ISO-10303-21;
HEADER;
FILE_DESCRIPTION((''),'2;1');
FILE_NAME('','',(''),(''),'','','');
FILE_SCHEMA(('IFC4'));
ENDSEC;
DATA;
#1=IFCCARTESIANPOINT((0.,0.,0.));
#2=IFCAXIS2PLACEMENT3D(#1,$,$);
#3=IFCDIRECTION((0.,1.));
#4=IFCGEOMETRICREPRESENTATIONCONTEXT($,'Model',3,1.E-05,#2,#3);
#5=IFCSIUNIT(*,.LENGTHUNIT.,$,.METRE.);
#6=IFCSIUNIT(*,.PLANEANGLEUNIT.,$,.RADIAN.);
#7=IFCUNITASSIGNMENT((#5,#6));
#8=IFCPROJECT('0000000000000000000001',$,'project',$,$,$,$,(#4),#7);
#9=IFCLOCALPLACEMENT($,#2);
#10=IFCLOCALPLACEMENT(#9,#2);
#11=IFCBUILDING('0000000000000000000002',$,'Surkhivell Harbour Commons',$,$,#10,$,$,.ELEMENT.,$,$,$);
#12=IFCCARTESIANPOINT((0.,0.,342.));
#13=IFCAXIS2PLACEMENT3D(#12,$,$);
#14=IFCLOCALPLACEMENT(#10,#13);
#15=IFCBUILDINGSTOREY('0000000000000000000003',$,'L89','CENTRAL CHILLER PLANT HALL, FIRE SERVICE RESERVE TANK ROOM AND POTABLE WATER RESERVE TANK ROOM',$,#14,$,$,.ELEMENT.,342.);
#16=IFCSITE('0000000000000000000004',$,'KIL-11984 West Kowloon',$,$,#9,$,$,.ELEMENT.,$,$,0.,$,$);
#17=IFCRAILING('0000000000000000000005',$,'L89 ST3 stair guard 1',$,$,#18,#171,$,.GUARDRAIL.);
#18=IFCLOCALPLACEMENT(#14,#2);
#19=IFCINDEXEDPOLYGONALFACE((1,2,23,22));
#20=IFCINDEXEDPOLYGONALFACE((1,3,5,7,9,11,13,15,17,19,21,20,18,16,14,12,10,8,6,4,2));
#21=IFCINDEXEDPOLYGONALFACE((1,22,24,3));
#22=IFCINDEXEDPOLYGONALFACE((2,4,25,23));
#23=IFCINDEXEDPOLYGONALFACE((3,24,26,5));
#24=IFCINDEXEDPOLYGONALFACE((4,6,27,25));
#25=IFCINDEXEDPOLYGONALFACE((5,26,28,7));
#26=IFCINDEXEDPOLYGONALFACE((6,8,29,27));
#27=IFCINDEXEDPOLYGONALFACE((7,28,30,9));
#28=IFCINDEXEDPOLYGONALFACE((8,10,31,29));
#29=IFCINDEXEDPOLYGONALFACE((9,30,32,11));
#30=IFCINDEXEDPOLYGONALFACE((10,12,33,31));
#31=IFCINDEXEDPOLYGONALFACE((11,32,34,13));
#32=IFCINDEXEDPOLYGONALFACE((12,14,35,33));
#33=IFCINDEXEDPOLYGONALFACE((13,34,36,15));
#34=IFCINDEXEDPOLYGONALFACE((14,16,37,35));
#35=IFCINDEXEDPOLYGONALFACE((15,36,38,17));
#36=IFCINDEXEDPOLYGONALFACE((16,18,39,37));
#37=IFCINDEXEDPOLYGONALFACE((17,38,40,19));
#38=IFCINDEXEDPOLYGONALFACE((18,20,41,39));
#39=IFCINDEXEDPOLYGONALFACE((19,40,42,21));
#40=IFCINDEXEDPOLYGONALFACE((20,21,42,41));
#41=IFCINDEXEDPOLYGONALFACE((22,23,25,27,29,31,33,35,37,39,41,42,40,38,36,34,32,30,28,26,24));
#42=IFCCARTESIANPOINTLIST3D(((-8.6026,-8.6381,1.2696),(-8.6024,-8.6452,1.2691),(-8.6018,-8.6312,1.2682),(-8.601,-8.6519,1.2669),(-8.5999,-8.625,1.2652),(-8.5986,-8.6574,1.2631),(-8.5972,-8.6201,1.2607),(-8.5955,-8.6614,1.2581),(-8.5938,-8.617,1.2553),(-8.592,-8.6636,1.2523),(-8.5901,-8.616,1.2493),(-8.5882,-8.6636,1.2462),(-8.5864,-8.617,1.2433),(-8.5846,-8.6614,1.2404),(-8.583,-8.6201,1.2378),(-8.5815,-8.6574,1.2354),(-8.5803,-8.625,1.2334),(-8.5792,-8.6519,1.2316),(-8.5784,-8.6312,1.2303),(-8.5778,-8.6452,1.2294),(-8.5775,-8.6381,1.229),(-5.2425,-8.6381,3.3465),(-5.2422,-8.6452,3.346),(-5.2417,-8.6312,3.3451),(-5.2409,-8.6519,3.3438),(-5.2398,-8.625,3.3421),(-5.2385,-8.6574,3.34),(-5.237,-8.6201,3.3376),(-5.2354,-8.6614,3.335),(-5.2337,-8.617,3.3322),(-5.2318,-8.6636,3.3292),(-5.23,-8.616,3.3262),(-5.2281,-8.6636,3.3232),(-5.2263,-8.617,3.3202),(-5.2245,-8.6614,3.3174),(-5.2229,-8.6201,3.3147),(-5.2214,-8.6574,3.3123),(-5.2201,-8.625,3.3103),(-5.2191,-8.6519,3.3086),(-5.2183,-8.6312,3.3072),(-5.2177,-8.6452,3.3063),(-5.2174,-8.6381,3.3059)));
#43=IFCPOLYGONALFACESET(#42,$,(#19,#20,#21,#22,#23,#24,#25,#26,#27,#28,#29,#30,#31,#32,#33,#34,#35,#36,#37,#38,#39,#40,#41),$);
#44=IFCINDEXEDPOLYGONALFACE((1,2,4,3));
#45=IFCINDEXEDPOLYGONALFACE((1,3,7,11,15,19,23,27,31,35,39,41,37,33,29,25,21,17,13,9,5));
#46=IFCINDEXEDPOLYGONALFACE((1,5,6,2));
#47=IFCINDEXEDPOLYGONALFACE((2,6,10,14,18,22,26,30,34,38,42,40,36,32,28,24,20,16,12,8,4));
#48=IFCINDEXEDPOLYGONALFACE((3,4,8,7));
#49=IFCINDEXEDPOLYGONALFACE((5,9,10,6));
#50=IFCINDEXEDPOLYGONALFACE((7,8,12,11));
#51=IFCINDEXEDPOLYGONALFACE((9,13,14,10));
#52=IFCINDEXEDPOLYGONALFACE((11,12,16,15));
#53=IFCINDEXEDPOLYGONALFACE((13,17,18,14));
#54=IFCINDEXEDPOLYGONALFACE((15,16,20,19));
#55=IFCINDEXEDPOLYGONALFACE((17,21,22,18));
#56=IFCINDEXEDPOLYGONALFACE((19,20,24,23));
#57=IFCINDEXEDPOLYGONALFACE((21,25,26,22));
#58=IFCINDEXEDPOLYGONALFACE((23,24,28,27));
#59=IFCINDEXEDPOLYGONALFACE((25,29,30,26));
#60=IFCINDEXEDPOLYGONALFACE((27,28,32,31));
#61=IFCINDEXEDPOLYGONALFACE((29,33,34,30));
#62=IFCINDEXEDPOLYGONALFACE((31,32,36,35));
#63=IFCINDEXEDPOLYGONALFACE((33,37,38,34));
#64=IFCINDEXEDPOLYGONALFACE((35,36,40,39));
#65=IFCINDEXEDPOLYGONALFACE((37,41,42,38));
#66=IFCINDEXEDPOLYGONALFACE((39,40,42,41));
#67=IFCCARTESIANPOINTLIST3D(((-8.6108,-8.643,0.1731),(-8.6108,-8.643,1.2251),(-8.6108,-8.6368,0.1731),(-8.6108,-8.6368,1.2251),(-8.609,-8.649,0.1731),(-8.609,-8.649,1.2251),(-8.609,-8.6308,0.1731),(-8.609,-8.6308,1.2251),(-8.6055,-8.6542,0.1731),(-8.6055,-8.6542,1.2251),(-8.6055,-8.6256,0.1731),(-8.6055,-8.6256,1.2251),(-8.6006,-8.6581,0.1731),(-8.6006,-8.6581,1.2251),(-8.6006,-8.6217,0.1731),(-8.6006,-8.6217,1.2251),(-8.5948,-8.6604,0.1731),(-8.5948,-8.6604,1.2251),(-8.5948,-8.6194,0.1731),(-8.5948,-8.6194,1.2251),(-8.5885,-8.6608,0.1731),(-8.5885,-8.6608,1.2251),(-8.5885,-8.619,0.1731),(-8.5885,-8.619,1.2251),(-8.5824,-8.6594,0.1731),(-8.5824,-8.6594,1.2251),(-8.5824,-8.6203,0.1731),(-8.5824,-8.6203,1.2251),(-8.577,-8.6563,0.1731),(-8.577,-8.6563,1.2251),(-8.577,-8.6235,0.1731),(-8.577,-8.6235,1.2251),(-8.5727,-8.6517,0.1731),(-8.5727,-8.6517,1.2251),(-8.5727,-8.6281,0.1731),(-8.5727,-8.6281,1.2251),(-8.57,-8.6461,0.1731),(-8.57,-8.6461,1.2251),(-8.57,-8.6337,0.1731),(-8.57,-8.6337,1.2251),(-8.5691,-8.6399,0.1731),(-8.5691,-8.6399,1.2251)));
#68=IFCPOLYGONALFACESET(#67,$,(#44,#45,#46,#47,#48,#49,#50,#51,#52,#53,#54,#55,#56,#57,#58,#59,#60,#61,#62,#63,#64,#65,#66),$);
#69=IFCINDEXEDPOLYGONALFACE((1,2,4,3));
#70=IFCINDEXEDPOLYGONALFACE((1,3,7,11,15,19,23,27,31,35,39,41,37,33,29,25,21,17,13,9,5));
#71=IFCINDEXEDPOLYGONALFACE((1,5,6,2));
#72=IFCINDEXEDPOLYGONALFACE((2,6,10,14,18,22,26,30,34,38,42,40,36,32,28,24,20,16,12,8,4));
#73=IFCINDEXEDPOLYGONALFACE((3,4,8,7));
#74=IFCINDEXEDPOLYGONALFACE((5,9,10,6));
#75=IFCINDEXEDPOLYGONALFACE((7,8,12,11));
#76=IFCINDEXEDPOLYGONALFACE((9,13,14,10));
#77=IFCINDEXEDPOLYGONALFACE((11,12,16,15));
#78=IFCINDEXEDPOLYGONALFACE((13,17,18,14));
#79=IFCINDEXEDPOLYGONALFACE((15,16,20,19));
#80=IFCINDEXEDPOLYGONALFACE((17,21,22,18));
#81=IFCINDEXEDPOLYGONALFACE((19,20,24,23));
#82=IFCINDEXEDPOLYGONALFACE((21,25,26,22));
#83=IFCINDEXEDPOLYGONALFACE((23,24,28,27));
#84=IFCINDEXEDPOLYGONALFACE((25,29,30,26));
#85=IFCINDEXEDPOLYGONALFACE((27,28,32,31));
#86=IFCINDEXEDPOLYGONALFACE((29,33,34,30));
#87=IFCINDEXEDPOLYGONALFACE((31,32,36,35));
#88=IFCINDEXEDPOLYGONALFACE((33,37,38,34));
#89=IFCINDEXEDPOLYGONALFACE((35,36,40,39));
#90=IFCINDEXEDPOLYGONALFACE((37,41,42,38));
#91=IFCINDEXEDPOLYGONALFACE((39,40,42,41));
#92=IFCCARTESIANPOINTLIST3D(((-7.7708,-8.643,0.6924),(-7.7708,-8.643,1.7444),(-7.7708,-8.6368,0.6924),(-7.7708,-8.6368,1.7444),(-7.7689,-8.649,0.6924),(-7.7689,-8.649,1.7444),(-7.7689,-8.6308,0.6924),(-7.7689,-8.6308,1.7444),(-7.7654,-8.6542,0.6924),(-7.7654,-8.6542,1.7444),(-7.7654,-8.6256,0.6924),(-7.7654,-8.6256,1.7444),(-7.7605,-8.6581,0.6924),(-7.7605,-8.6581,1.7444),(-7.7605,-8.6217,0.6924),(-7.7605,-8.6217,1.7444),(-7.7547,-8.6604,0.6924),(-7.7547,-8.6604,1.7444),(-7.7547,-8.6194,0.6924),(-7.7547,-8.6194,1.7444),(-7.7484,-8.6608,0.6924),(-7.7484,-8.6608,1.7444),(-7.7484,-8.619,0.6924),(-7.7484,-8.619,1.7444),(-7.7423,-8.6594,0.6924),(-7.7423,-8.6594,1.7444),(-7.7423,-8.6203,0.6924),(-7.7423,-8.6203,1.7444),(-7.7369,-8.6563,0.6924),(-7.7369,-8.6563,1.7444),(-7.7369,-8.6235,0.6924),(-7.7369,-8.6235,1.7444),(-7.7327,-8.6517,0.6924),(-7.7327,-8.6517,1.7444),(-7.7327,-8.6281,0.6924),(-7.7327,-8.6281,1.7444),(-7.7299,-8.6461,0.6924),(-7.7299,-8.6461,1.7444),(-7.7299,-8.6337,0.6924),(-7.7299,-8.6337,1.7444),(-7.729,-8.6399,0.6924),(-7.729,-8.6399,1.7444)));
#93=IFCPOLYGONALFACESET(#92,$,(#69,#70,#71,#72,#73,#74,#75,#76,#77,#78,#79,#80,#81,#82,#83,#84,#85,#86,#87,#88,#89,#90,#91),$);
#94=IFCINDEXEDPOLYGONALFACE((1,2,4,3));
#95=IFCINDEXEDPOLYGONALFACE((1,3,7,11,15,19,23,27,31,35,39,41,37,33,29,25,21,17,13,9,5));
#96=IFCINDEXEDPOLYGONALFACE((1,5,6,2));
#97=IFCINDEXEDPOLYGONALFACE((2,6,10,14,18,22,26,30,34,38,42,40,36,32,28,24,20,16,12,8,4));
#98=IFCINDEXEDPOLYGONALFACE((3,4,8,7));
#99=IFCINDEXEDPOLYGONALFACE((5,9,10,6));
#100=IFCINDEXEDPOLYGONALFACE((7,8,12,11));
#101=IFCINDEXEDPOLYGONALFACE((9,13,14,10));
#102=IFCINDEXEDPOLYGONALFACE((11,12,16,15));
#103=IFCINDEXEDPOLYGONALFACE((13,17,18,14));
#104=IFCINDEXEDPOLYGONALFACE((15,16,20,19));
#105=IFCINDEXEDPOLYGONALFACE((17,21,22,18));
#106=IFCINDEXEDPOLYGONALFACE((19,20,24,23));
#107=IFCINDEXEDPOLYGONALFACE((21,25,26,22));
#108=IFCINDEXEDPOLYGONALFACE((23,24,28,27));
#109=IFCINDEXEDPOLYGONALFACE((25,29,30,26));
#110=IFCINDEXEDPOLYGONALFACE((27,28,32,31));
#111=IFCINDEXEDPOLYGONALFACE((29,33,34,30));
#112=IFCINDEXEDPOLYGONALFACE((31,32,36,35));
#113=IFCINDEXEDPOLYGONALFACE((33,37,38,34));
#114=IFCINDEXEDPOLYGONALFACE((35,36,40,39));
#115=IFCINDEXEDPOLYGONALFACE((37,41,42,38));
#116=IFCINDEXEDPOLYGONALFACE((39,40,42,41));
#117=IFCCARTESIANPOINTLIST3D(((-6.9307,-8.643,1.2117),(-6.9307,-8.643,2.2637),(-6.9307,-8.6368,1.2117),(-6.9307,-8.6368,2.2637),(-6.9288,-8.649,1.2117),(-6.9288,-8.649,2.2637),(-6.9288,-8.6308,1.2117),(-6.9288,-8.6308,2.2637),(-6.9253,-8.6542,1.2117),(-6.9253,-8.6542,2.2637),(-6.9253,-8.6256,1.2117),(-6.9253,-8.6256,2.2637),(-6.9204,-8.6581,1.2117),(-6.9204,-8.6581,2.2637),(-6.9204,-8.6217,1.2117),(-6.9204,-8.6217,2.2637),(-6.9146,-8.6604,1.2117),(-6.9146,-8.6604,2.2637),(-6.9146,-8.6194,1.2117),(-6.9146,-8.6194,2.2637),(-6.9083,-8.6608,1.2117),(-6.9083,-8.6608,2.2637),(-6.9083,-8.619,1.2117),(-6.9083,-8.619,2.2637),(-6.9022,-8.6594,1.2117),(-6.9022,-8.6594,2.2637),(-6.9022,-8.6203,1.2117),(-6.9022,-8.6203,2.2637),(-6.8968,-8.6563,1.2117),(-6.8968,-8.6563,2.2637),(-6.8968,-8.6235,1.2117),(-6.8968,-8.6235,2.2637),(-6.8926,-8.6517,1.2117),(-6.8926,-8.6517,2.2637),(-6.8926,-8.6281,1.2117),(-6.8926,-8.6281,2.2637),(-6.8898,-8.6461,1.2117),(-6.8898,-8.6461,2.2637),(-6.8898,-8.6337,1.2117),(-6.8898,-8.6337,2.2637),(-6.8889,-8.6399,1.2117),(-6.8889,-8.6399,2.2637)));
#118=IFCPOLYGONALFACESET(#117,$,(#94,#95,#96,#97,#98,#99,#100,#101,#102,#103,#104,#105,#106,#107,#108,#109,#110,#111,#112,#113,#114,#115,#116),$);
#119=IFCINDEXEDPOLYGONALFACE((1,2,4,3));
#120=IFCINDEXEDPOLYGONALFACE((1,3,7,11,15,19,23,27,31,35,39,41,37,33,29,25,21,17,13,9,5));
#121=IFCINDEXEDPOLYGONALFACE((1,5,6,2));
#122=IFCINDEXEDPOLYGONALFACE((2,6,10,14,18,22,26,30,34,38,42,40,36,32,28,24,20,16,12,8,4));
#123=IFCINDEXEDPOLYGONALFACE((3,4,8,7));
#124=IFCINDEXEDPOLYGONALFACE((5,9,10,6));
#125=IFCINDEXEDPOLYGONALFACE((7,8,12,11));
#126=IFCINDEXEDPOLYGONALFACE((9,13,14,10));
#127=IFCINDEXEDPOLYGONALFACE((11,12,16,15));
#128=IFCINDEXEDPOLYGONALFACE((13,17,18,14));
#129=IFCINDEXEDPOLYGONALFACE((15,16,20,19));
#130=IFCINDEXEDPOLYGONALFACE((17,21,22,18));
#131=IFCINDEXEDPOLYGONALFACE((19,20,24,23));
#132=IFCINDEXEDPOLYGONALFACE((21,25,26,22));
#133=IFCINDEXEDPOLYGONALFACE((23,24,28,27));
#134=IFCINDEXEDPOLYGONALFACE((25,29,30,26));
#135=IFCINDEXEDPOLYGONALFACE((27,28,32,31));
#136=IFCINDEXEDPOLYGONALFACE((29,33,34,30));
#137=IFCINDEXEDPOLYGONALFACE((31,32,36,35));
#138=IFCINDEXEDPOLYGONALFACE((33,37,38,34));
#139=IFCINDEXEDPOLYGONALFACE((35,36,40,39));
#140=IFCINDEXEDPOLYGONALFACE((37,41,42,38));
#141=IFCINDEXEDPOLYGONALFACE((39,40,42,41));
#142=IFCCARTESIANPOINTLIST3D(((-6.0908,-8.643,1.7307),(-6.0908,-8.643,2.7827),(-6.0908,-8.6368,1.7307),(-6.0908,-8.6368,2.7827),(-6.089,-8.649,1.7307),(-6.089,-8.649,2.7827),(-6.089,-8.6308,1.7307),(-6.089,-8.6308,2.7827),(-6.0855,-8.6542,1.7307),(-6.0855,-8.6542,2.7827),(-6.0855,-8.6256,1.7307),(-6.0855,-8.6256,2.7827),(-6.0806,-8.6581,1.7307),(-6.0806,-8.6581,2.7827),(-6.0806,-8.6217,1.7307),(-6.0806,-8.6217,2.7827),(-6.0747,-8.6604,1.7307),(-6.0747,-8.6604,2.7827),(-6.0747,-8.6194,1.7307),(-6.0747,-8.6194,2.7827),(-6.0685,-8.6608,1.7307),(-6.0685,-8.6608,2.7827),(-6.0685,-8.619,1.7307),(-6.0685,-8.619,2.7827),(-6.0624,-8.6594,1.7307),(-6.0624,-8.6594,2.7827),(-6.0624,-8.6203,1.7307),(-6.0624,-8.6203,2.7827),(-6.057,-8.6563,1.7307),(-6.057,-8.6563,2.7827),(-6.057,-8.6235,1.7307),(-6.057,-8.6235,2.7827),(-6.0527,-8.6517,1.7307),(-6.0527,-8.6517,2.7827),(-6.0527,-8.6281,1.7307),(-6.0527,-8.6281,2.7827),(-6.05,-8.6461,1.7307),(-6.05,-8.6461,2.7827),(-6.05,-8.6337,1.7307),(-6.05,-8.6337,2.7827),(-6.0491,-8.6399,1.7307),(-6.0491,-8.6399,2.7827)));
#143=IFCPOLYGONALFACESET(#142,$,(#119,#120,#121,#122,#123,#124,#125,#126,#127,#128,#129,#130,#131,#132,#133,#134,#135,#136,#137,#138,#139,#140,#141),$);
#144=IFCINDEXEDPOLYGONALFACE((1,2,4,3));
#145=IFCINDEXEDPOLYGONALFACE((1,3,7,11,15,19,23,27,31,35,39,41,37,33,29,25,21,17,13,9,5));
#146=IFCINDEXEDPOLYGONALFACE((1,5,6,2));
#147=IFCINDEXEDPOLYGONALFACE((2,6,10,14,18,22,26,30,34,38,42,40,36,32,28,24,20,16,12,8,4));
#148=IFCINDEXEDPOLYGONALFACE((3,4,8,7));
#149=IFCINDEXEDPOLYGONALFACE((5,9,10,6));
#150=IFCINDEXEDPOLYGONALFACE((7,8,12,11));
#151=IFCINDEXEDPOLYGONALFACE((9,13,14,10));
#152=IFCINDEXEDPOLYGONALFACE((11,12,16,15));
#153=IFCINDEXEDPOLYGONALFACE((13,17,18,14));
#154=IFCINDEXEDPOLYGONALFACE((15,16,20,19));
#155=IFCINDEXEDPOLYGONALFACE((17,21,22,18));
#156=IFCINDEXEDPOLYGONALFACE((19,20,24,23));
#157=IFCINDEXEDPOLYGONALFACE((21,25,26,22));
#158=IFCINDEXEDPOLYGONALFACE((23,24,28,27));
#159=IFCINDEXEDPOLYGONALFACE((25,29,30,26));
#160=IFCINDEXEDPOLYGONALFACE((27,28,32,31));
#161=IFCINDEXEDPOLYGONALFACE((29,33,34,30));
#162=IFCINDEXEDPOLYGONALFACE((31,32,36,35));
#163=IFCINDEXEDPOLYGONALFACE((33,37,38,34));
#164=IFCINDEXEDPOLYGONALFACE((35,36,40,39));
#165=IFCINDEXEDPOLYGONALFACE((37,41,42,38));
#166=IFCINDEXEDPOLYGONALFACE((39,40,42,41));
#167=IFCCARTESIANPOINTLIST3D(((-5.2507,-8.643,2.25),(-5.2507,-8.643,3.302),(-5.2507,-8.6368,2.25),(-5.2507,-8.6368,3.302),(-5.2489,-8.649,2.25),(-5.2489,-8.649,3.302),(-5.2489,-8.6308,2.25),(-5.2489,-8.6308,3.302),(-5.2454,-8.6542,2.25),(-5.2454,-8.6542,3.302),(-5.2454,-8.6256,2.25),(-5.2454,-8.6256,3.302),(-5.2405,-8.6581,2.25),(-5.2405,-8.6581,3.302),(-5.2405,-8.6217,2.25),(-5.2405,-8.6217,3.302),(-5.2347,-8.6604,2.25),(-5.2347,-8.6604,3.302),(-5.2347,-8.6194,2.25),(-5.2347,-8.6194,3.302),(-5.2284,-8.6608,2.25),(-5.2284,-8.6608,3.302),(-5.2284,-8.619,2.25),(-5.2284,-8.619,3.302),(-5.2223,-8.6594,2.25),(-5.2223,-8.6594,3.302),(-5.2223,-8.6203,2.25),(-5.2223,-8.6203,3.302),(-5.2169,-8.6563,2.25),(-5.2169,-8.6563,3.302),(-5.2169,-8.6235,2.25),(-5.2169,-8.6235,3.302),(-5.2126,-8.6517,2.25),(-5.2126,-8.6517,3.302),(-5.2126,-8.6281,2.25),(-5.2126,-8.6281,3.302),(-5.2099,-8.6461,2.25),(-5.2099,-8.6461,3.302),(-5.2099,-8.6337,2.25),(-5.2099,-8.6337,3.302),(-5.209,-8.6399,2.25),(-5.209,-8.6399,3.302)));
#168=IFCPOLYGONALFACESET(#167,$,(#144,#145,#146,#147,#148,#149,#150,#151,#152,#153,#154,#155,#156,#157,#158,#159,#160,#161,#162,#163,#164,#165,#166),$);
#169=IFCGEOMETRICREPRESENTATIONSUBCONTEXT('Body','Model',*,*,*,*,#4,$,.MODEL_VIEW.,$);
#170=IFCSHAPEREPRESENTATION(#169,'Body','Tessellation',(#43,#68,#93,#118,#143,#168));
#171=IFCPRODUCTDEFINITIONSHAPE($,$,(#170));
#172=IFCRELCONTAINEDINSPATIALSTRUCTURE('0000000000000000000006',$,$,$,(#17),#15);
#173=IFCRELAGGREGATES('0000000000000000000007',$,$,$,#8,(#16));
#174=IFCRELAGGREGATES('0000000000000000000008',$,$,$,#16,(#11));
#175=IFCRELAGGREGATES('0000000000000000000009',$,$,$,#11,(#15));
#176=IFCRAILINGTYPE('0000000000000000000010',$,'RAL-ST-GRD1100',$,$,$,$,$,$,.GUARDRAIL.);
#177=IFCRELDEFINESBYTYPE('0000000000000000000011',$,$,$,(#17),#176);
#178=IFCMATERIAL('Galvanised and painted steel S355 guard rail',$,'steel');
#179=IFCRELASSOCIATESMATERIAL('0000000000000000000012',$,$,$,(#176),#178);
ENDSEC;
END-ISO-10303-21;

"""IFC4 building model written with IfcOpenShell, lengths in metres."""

from ifc_helpers import new_model, si_unit, direction, frame, origin, origin_2d, place, context, subcontext, project, spatial, circle, extrude, material, type_object, element, save


model = new_model("IFC4")

# Units and contexts
model_context = context("Model", 3, precision=1e-05, world=origin(), true_north=direction((0.0, 1.0)))
body_context = subcontext(model_context, "Body", "Model", "MODEL_VIEW")
ifc_project = project(units=[si_unit("LENGTHUNIT", "METRE"), si_unit("PLANEANGLEUNIT", "RADIAN")], contexts=[model_context])

# Site, building, storey
site_placement = place(None, origin())
site = spatial("IfcSite", under=ifc_project, at=site_placement, Name="KIL-11984 West Kowloon", CompositionType="ELEMENT", RefElevation=0.0)
building_placement = place(site_placement, origin())
building = spatial("IfcBuilding", under=site, at=building_placement, Name="Surkhivell Harbour Commons", CompositionType="ELEMENT")
storey_placement = place(building_placement, frame((0.0, 0.0, 342.0)))
storey = spatial("IfcBuildingStorey", under=building, at=storey_placement, Name="L89", Description="CENTRAL CHILLER PLANT HALL, FIRE SERVICE RESERVE TANK ROOM AND POTABLE WATER RESERVE TANK ROOM", CompositionType="ELEMENT", Elevation=342.0)

# Railing
ifc_material_1 = material(Name="Galvanised and painted steel S355 guard rail", Category="steel")
railing_type_1 = type_object("IfcRailingType", Name="RAL-ST-GRD1100", PredefinedType="GUARDRAIL", material=ifc_material_1)
railing_1_placement = place(storey_placement, frame((-8.5901, -8.6399, 0.1731)))
element("IfcRailing", 1, at=railing_1_placement, inside=storey, type_object=railing_type_1, Name="L89 ST3 stair guard 1", PredefinedType="GUARDRAIL", context=body_context, shape_type="SweptSolid", body=[
    extrude(circle(Radius=0.0239, at=origin_2d()), frame((0.0, 0.0, 1.0762), z_axis=(0.850623, 0.0, 0.525776), x_axis=(0.0, 1.0, 0.0)), (0.0, 0.0, 1.0), 3.9502),
    extrude(circle(Radius=0.021, at=origin_2d()), origin(), (0.0, 0.0, 1.0), 1.052),
    extrude(circle(Radius=0.021, at=origin_2d()), frame((0.8401, 0.0, 0.5193)), (0.0, 0.0, 1.0), 1.052),
    extrude(circle(Radius=0.021, at=origin_2d()), frame((1.6802, 0.0, 1.0386)), (0.0, 0.0, 1.0), 1.052),
    extrude(circle(Radius=0.021, at=origin_2d()), frame((2.52, 0.0, 1.5576)), (0.0, 0.0, 1.0), 1.052),
    extrude(circle(Radius=0.021, at=origin_2d()), frame((3.3601, 0.0, 2.0769)), (0.0, 0.0, 1.0), 1.052),
])

save(model, "model.ifc")
